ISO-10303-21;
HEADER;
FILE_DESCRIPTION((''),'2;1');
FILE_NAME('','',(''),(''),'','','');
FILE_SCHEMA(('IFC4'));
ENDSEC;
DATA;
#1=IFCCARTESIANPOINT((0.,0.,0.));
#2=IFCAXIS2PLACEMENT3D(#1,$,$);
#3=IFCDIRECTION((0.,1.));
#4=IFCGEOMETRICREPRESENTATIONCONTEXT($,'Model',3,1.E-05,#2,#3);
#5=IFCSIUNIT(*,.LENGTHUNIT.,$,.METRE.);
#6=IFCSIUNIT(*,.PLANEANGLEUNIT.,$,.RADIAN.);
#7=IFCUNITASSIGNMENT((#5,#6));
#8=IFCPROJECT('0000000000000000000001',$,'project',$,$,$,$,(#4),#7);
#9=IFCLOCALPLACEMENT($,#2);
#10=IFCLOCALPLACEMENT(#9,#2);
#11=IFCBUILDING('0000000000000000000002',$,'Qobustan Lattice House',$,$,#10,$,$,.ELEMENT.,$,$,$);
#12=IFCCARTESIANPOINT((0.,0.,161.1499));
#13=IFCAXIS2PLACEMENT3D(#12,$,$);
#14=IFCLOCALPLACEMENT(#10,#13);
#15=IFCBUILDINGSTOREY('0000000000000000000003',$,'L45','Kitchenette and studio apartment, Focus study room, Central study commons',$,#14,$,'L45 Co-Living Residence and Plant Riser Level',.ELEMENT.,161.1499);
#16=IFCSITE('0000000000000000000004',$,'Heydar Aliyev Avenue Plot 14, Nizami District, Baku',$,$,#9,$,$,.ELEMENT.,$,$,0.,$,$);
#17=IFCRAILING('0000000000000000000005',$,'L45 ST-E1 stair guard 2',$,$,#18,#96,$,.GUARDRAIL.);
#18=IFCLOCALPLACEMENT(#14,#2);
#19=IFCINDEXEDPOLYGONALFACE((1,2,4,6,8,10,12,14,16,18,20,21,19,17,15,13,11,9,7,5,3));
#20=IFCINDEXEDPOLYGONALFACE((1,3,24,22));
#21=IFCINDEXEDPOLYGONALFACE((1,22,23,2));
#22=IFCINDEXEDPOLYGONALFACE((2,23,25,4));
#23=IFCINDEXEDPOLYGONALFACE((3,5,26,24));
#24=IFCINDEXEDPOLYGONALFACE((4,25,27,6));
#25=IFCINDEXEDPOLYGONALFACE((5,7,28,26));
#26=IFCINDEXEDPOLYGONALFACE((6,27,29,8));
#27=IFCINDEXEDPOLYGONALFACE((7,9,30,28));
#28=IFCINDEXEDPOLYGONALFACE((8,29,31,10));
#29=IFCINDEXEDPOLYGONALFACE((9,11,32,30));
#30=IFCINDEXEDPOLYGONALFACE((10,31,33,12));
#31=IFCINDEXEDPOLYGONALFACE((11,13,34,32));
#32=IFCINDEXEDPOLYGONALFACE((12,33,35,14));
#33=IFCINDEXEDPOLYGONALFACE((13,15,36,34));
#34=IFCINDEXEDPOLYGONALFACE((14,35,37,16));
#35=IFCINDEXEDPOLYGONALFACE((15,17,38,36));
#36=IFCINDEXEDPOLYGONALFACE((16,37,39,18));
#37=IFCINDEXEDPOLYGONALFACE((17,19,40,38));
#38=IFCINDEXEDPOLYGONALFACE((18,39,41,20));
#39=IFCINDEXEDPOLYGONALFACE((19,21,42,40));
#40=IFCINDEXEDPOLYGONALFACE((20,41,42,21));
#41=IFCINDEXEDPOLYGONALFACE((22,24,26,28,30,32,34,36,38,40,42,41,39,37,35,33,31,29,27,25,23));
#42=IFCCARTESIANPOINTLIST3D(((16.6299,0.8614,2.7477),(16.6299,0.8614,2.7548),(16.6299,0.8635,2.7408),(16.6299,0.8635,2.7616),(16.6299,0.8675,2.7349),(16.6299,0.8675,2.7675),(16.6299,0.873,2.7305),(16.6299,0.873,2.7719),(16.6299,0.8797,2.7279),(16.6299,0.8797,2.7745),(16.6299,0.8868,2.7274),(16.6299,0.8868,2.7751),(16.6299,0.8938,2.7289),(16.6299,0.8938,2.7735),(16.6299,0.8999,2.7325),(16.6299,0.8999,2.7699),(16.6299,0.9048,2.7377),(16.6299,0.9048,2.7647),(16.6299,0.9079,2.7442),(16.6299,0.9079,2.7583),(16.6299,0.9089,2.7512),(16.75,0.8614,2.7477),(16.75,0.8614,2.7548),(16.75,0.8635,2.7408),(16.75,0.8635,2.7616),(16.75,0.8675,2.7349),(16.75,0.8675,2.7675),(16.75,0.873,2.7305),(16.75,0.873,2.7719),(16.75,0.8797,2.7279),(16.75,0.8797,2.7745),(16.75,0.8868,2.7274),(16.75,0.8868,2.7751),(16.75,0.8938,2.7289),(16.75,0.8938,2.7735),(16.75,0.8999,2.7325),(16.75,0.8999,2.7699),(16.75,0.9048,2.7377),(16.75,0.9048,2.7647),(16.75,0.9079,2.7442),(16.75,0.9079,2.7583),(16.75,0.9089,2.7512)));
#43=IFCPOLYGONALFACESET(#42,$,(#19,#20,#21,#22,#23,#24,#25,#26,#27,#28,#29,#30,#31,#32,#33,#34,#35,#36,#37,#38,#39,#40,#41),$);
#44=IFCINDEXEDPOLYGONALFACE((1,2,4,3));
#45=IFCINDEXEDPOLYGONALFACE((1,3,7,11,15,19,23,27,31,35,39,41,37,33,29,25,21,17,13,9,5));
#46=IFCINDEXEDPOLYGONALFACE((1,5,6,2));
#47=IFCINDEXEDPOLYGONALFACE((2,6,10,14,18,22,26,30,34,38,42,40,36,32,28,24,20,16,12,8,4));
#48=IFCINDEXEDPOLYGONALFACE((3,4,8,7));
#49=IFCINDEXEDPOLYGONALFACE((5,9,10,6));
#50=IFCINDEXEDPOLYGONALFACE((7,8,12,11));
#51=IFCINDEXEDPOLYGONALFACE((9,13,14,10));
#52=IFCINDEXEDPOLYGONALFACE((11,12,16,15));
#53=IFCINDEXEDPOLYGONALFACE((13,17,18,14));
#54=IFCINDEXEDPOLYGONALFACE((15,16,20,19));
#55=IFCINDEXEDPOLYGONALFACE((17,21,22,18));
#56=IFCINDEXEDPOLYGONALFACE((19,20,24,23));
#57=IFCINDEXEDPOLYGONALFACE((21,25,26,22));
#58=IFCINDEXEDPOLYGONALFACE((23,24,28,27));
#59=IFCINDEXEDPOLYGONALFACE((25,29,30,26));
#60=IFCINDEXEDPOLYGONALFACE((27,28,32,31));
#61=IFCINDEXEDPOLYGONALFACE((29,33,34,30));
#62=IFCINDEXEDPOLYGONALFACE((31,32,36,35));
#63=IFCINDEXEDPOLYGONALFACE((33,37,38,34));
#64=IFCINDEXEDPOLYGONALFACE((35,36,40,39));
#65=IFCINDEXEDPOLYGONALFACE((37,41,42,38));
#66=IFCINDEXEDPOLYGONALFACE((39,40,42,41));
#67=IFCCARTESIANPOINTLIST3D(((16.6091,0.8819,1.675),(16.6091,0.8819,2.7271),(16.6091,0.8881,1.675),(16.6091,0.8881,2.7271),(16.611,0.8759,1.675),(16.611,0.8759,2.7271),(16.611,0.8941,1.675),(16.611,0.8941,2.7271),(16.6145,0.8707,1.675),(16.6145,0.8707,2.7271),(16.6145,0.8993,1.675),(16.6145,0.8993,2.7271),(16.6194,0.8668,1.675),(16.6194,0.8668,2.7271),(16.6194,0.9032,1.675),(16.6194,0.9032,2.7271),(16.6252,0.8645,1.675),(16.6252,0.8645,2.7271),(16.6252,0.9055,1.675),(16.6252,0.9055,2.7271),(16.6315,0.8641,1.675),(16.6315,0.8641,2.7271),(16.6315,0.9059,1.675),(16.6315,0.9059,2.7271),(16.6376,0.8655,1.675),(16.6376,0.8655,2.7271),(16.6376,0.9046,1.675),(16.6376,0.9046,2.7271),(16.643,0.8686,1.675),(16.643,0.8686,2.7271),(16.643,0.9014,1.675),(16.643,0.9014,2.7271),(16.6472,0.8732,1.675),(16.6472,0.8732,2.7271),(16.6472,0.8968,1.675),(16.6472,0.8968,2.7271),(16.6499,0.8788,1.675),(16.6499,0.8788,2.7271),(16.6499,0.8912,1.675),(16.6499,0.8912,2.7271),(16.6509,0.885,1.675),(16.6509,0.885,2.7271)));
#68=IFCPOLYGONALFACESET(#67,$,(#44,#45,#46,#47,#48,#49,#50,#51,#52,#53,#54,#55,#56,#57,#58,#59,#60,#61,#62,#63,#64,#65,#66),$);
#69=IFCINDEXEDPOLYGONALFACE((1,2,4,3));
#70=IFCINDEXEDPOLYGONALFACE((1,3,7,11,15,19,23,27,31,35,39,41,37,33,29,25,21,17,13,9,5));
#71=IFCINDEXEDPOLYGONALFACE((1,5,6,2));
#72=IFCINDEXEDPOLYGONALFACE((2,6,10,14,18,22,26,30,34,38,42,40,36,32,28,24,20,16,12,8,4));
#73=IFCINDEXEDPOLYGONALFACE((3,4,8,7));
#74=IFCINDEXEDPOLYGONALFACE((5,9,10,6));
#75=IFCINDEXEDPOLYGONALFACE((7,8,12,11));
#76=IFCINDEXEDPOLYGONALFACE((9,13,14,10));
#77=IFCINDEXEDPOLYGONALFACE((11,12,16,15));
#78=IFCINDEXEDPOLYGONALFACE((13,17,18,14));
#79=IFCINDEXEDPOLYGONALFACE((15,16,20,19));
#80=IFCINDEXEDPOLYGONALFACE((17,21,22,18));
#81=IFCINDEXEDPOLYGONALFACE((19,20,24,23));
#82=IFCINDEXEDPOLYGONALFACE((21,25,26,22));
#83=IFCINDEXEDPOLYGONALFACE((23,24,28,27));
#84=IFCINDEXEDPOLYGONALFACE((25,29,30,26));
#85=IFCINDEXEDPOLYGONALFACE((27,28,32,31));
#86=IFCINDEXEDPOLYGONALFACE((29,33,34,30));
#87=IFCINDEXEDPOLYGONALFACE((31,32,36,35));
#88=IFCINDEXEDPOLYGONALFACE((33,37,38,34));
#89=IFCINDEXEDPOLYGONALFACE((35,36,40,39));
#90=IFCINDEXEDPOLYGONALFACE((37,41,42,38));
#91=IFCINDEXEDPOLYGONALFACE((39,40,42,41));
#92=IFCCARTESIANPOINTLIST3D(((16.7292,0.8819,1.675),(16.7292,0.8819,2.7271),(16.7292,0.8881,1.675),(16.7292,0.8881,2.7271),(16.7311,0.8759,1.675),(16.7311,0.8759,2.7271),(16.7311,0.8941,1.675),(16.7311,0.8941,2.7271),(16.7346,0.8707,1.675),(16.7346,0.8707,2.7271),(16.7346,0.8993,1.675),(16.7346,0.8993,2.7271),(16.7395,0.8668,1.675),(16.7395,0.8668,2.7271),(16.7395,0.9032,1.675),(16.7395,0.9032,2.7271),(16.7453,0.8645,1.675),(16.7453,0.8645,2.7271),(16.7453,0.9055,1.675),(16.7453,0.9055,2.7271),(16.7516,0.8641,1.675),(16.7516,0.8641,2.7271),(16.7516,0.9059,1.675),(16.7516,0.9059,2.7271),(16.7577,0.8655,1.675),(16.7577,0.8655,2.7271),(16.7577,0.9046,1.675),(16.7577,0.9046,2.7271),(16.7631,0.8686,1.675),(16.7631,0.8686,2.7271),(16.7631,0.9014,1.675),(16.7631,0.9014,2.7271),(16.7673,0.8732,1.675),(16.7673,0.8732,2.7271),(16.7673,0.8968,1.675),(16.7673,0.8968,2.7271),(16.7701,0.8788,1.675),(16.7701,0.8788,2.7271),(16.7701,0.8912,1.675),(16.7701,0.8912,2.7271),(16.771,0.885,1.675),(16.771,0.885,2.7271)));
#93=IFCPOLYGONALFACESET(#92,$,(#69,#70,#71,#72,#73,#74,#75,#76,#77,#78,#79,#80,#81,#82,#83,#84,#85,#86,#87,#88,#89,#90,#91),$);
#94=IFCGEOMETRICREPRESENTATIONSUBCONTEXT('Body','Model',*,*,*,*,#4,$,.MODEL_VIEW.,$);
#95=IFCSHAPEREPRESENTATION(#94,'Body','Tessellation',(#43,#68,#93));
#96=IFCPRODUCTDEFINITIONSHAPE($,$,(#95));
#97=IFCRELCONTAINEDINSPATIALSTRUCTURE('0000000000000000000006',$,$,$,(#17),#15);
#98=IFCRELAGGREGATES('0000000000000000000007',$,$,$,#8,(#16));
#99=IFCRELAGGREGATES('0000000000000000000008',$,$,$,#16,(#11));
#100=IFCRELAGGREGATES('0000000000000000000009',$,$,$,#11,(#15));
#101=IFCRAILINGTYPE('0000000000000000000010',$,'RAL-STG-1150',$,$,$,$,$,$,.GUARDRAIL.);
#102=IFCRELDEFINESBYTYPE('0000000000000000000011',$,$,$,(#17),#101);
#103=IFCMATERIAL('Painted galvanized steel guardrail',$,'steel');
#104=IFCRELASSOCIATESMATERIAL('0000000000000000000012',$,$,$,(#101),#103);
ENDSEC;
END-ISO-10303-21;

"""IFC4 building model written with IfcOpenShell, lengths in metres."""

from ifc_helpers import new_model, si_unit, direction, frame, origin, origin_2d, place, context, subcontext, project, spatial, circle, extrude, material, type_object, element, save


model = new_model("IFC4")

# Units and contexts
model_context = context("Model", 3, precision=1e-05, world=origin(), true_north=direction((0.0, 1.0)))
body_context = subcontext(model_context, "Body", "Model", "MODEL_VIEW")
ifc_project = project(units=[si_unit("LENGTHUNIT", "METRE"), si_unit("PLANEANGLEUNIT", "RADIAN")], contexts=[model_context])

# Site, building, storey
site_placement = place(None, origin())
site = spatial("IfcSite", under=ifc_project, at=site_placement, Name="Heydar Aliyev Avenue Plot 14, Nizami District, Baku", CompositionType="ELEMENT", RefElevation=0.0)
building_placement = place(site_placement, origin())
building = spatial("IfcBuilding", under=site, at=building_placement, Name="Qobustan Lattice House", CompositionType="ELEMENT")
storey_placement = place(building_placement, frame((0.0, 0.0, 161.1499)))
storey = spatial("IfcBuildingStorey", under=building, at=storey_placement, Name="L45", Description="Kitchenette and studio apartment, Focus study room, Central study commons", LongName="L45 Co-Living Residence and Plant Riser Level", CompositionType="ELEMENT", Elevation=161.1499)

# Railing
ifc_material_1 = material(Name="Painted galvanized steel guardrail", Category="steel")
railing_type_1 = type_object("IfcRailingType", Name="RAL-STG-1150", PredefinedType="GUARDRAIL", material=ifc_material_1)
railing_1_placement = place(storey_placement, frame((16.6299, 0.885, 1.675)))
element("IfcRailing", 1, at=railing_1_placement, inside=storey, type_object=railing_type_1, Name="L45 ST-E1 stair guard 2", PredefinedType="GUARDRAIL", context=body_context, shape_type="SweptSolid", body=[
    extrude(circle(Radius=0.0239, at=origin_2d()), frame((0.0, 0.0, 1.0762), z_axis=(1.0, 0.0, 0.0), x_axis=(0.0, 1.0, 0.0)), (0.0, 0.0, 1.0), 0.1201),
    extrude(circle(Radius=0.021, at=origin_2d()), origin(), (0.0, 0.0, 1.0), 1.052),
    extrude(circle(Radius=0.021, at=origin_2d()), frame((0.1201, 0.0, 0.0)), (0.0, 0.0, 1.0), 1.052),
])

save(model, "model.ifc")
